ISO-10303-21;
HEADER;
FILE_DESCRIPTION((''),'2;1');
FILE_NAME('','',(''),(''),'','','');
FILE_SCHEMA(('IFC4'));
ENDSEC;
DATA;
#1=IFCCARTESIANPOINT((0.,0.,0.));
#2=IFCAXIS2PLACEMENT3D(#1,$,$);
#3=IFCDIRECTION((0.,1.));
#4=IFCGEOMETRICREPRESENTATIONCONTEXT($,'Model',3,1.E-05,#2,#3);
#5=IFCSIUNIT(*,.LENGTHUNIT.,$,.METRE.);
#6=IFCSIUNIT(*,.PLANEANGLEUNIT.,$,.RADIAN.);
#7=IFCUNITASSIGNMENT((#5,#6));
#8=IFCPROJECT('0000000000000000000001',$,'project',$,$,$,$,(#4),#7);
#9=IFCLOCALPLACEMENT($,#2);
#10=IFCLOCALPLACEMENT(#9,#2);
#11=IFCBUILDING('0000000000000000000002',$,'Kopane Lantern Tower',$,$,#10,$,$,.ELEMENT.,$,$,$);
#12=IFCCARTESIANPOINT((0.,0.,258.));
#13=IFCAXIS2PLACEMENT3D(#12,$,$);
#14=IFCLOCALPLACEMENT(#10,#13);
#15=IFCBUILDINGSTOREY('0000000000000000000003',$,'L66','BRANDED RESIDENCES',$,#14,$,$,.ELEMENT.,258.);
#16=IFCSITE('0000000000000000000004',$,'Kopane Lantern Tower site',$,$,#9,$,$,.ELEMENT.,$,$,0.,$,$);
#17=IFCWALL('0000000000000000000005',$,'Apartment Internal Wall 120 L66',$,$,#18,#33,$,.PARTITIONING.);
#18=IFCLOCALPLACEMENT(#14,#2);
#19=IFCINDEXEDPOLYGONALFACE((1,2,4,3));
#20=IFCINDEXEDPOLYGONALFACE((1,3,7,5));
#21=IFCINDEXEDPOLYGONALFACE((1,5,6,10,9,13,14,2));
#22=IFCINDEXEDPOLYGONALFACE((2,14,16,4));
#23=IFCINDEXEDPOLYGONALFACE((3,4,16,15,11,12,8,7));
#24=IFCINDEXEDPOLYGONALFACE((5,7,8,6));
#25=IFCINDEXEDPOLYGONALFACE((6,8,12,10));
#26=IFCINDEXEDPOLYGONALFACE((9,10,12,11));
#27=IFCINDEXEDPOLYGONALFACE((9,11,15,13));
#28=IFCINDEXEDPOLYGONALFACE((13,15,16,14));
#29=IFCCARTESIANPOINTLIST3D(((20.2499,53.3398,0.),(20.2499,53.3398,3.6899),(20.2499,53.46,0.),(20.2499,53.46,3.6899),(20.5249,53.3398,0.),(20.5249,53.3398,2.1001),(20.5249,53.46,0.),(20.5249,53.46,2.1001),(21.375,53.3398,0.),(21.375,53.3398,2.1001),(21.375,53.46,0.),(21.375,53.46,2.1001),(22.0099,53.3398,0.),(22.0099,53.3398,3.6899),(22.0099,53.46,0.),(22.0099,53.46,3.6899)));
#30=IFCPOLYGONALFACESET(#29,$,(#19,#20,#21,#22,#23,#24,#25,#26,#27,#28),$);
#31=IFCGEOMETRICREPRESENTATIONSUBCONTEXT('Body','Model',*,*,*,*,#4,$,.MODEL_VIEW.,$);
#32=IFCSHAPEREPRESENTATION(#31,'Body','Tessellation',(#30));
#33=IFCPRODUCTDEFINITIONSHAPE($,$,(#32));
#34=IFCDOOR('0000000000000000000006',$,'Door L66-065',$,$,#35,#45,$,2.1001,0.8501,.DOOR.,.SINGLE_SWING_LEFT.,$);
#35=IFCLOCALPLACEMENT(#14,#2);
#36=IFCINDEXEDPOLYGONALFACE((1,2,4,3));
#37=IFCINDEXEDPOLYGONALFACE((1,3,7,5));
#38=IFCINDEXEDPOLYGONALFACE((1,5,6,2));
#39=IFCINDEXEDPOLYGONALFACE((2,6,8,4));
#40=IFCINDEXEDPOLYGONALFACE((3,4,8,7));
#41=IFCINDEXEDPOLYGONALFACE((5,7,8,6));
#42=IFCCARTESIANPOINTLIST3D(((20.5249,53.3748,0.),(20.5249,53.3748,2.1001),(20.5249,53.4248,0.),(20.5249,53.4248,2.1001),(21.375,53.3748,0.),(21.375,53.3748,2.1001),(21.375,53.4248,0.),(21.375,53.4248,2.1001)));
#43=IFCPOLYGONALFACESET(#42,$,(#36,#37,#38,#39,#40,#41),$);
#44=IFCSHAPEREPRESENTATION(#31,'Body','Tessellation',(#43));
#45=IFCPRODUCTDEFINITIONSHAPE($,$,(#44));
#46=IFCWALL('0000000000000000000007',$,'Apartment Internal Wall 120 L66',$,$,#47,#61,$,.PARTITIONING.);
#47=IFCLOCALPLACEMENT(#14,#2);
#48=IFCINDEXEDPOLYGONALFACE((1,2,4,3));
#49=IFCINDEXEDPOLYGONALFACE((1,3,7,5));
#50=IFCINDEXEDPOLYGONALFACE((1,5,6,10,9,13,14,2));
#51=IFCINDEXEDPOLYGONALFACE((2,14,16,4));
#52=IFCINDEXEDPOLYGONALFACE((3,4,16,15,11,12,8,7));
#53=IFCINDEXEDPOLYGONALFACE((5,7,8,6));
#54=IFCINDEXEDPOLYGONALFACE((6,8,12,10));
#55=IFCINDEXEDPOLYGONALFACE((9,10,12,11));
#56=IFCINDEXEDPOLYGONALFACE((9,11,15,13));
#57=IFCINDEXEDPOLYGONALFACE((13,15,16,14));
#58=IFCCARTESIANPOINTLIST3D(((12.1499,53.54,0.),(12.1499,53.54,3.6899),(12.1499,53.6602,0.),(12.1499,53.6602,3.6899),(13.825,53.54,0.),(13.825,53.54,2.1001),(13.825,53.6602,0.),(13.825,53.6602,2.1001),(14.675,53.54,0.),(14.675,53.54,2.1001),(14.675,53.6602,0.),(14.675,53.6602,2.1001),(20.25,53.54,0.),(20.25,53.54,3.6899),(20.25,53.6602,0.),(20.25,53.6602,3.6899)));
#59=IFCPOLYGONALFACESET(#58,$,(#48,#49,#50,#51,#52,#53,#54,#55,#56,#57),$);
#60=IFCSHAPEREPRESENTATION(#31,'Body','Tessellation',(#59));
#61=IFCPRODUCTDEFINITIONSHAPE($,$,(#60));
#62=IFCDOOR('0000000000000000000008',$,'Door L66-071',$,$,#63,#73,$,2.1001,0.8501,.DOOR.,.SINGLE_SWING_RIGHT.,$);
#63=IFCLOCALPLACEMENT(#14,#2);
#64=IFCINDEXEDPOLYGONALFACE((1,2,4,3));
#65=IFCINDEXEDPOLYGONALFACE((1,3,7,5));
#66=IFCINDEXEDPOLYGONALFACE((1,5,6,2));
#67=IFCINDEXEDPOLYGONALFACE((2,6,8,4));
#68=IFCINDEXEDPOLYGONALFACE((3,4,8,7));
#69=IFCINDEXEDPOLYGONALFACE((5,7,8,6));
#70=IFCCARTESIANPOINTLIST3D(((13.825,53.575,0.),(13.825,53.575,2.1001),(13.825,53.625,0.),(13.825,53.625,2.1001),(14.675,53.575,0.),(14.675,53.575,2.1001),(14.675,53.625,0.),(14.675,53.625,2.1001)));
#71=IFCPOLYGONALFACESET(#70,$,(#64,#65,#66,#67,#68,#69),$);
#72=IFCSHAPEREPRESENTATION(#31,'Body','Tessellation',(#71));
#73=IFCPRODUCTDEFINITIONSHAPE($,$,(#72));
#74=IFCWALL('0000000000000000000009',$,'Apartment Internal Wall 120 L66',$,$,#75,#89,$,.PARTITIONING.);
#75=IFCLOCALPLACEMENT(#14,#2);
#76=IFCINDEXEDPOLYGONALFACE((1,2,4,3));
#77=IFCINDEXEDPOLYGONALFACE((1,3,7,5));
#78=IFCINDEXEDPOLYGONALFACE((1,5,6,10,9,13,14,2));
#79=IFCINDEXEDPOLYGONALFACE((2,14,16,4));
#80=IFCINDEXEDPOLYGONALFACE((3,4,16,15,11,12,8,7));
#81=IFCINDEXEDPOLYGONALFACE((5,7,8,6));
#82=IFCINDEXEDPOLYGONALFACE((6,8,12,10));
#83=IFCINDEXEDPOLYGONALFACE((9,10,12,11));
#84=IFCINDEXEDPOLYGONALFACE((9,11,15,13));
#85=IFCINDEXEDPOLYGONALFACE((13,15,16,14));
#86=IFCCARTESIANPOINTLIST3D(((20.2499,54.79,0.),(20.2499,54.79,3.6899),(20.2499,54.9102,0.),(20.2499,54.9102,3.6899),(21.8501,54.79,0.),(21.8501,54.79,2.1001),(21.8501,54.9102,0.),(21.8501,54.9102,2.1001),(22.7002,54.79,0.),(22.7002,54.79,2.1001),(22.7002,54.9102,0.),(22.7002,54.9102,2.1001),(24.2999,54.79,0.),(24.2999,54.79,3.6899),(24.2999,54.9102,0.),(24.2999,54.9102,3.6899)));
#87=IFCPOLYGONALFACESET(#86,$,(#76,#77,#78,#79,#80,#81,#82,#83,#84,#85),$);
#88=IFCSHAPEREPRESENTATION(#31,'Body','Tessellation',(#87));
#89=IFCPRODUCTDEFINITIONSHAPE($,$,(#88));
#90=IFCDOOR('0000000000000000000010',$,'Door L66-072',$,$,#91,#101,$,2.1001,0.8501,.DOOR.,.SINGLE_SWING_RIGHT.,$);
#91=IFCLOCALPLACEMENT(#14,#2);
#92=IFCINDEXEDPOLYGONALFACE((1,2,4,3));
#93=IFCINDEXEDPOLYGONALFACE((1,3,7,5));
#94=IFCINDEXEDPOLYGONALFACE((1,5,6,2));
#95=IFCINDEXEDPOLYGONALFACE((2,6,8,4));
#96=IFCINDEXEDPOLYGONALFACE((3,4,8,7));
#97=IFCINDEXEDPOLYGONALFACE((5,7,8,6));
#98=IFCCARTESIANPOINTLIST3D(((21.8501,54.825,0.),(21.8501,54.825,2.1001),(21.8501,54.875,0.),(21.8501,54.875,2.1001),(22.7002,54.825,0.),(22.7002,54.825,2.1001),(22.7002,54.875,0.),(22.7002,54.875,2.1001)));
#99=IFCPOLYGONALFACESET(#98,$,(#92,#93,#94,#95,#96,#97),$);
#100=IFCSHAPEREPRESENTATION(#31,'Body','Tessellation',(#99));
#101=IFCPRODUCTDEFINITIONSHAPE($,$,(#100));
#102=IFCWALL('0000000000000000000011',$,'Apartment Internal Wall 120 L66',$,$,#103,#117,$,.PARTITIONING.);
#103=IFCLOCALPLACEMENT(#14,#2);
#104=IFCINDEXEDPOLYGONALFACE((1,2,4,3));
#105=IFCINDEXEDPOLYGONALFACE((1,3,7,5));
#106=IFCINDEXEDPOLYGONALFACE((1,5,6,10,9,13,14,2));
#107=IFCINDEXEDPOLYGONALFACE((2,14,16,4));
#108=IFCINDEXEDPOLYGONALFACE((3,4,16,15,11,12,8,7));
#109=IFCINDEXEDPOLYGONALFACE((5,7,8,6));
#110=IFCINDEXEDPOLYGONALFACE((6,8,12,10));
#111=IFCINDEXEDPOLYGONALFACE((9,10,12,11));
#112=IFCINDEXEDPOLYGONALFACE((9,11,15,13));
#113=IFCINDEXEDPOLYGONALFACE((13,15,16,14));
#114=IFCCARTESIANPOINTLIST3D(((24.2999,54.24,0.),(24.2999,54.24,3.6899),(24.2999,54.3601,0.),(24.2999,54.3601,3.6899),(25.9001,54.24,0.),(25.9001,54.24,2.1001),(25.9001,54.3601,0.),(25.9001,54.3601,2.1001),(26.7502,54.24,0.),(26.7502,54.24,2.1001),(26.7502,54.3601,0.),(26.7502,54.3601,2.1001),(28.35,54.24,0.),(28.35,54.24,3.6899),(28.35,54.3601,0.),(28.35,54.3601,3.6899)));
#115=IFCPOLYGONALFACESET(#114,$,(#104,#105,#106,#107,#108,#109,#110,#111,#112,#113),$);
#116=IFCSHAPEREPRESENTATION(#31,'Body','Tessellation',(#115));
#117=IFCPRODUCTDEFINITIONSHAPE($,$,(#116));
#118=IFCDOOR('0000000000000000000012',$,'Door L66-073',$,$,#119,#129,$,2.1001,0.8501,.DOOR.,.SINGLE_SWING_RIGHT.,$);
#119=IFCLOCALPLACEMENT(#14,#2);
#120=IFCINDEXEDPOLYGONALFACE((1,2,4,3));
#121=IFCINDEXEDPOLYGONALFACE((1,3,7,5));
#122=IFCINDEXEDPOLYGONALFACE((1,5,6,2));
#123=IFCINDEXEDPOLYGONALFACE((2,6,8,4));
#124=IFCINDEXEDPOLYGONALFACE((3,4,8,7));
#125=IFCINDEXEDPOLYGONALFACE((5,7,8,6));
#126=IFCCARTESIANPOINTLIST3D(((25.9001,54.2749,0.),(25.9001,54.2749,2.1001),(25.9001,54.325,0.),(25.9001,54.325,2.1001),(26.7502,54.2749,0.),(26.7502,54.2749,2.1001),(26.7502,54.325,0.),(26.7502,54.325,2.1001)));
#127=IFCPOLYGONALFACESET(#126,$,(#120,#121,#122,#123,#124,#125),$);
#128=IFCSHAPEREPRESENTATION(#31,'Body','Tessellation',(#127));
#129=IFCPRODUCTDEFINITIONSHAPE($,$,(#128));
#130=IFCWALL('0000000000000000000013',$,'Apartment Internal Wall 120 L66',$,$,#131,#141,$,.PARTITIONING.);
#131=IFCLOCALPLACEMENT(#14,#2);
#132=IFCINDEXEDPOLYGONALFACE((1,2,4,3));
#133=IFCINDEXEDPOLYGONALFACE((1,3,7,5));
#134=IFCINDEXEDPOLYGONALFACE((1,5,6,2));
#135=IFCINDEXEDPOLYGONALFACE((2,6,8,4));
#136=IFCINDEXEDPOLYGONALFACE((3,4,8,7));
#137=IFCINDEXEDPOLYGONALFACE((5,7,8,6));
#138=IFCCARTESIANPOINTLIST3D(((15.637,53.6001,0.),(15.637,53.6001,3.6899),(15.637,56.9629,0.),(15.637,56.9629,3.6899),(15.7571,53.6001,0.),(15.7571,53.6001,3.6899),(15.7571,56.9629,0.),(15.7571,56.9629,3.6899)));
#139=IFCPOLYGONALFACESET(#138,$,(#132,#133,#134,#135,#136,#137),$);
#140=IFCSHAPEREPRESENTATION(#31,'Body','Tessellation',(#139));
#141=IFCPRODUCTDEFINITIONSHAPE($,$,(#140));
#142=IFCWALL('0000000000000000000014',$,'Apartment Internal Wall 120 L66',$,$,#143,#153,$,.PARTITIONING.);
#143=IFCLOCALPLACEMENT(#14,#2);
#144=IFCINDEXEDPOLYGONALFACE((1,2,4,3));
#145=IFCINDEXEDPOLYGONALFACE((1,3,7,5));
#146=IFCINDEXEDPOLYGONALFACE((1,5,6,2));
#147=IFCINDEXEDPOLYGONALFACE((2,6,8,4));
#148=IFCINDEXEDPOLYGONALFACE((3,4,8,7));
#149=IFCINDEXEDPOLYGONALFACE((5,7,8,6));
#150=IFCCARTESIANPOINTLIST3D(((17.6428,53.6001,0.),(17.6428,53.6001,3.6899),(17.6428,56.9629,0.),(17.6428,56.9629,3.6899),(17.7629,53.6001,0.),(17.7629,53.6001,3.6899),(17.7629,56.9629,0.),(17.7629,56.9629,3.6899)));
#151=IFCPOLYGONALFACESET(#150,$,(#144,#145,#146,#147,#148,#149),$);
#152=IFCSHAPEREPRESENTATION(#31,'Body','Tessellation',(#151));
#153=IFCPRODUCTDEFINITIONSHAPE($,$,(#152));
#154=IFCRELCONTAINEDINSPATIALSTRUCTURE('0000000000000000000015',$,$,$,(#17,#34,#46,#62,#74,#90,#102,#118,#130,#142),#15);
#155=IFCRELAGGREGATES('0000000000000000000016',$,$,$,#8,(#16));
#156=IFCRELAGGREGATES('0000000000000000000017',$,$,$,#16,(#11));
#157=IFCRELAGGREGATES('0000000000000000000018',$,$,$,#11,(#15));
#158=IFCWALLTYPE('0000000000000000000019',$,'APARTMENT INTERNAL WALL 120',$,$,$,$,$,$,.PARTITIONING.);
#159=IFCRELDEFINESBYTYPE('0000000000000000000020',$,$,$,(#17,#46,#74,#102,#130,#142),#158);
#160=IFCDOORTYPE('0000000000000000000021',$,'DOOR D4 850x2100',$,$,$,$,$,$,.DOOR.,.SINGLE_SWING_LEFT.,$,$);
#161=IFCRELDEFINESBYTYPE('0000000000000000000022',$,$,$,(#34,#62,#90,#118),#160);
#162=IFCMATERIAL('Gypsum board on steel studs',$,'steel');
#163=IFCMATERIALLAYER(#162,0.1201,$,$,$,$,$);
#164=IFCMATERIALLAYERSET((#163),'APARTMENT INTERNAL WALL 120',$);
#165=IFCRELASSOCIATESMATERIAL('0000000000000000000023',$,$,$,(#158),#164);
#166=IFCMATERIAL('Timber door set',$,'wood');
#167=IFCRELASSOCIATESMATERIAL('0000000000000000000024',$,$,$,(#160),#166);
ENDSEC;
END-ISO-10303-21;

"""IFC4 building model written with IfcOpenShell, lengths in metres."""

from ifc_helpers import new_model, si_unit, direction, frame, frame_2d, origin, place, context, subcontext, project, spatial, rectangle, extrude, material, layer, layer_set, type_object, element, fill, save


model = new_model("IFC4")

# Units and contexts
model_context = context("Model", 3, precision=1e-05, world=origin(), true_north=direction((0.0, 1.0)))
body_context = subcontext(model_context, "Body", "Model", "MODEL_VIEW")
ifc_project = project(units=[si_unit("LENGTHUNIT", "METRE"), si_unit("PLANEANGLEUNIT", "RADIAN")], contexts=[model_context])

# Site, building, storey
site_placement = place(None, origin())
site = spatial("IfcSite", under=ifc_project, at=site_placement, Name="Kopane Lantern Tower site", CompositionType="ELEMENT", RefElevation=0.0)
building_placement = place(site_placement, origin())
building = spatial("IfcBuilding", under=site, at=building_placement, Name="Kopane Lantern Tower", CompositionType="ELEMENT")
storey_placement = place(building_placement, frame((0.0, 0.0, 258.0)))
storey = spatial("IfcBuildingStorey", under=building, at=storey_placement, Name="L66", Description="BRANDED RESIDENCES", CompositionType="ELEMENT", Elevation=258.0)

# Shared definitions
ifc_material_1 = material(Name="Gypsum board on steel studs", Category="steel")
ifc_layer_1 = layer(ifc_material_1, 0.1201)
ifc_layer_set_1 = layer_set([ifc_layer_1], Name="APARTMENT INTERNAL WALL 120")
wall_type_1 = type_object("IfcWallType", Name="APARTMENT INTERNAL WALL 120", PredefinedType="PARTITIONING", material=ifc_layer_set_1)

# Walls, openings, doors
wall_1_placement = place(storey_placement, frame((20.25, 53.3999, 0.0), z_axis=(0.0, 0.0, 1.0), x_axis=(1.0, 0.0, 0.0)))
wall_1 = element("IfcWall", 1, at=wall_1_placement, inside=storey, type_object=wall_type_1, Name="Apartment Internal Wall 120 L66", PredefinedType="PARTITIONING", context=body_context, shape_type="SweptSolid", body=[
    extrude(rectangle(XDim=1.76, YDim=0.1201, at=frame_2d((0.8799, 0.0))), origin(), (0.0, 0.0, 1.0), 3.6899),
])
opening_1_placement = place(wall_1_placement, frame((0.2749, 0.0, 0.0)))
opening_1 = element("IfcOpeningElement", 2, at=opening_1_placement, cuts=wall_1, PredefinedType="OPENING", context=body_context, shape_type="SweptSolid", body=[
    extrude(rectangle(XDim=0.8501, YDim=2.1001, at=frame_2d((0.425, 1.05))), frame((0.0, 0.0701, 0.0), z_axis=(0.0, -1.0, 0.0), x_axis=(1.0, 0.0, 0.0)), (0.0, 0.0, 1.0), 0.1401),
])
ifc_material_2 = material(Name="Timber door set", Category="wood")
door_type_1 = type_object("IfcDoorType", Name="DOOR D4 850x2100", OperationType="SINGLE_SWING_LEFT", PredefinedType="DOOR", material=ifc_material_2)
door_1_placement = place(opening_1_placement, origin())
door_1 = element("IfcDoor", 3, at=door_1_placement, inside=storey, type_object=door_type_1, Name="Door L66-065", OperationType="SINGLE_SWING_LEFT", OverallHeight=2.1001, OverallWidth=0.8501, PredefinedType="DOOR", context=body_context, shape_type="SweptSolid", body=[
    extrude(rectangle(XDim=0.8501, YDim=2.1001, at=frame_2d((0.425, 1.05))), frame((0.0, 0.0249, 0.0), z_axis=(0.0, -1.0, 0.0), x_axis=(1.0, 0.0, 0.0)), (0.0, 0.0, 1.0), 0.05),
])
fill(opening_1, door_1)
wall_2_placement = place(storey_placement, frame((12.1499, 53.6001, 0.0), z_axis=(0.0, 0.0, 1.0), x_axis=(1.0, 0.0, 0.0)))
wall_2 = element("IfcWall", 4, at=wall_2_placement, inside=storey, type_object=wall_type_1, Name="Apartment Internal Wall 120 L66", PredefinedType="PARTITIONING", context=body_context, shape_type="SweptSolid", body=[
    extrude(rectangle(XDim=8.1001, YDim=0.1201, at=frame_2d((4.05, 0.0))), origin(), (0.0, 0.0, 1.0), 3.6899),
])
opening_2_placement = place(wall_2_placement, frame((1.675, 0.0, 0.0)))
opening_2 = element("IfcOpeningElement", 5, at=opening_2_placement, cuts=wall_2, PredefinedType="OPENING", context=body_context, shape_type="SweptSolid", body=[
    extrude(rectangle(XDim=0.8501, YDim=2.1001, at=frame_2d((0.425, 1.05))), frame((0.0, 0.0701, 0.0), z_axis=(0.0, -1.0, 0.0), x_axis=(1.0, 0.0, 0.0)), (0.0, 0.0, 1.0), 0.1401),
])
door_2_placement = place(opening_2_placement, origin())
door_2 = element("IfcDoor", 6, at=door_2_placement, inside=storey, type_object=door_type_1, Name="Door L66-071", OperationType="SINGLE_SWING_RIGHT", OverallHeight=2.1001, OverallWidth=0.8501, PredefinedType="DOOR", context=body_context, shape_type="SweptSolid", body=[
    extrude(rectangle(XDim=0.8501, YDim=2.1001, at=frame_2d((0.425, 1.05))), frame((0.0, 0.0249, 0.0), z_axis=(0.0, -1.0, 0.0), x_axis=(1.0, 0.0, 0.0)), (0.0, 0.0, 1.0), 0.05),
])
fill(opening_2, door_2)
wall_3_placement = place(storey_placement, frame((20.25, 54.8501, 0.0), z_axis=(0.0, 0.0, 1.0), x_axis=(1.0, 0.0, 0.0)))
wall_3 = element("IfcWall", 7, at=wall_3_placement, inside=storey, type_object=wall_type_1, Name="Apartment Internal Wall 120 L66", PredefinedType="PARTITIONING", context=body_context, shape_type="SweptSolid", body=[
    extrude(rectangle(XDim=4.05, YDim=0.1201, at=frame_2d((2.0249, 0.0))), origin(), (0.0, 0.0, 1.0), 3.6899),
])
opening_3_placement = place(wall_3_placement, frame((1.6001, 0.0, 0.0)))
opening_3 = element("IfcOpeningElement", 8, at=opening_3_placement, cuts=wall_3, PredefinedType="OPENING", context=body_context, shape_type="SweptSolid", body=[
    extrude(rectangle(XDim=0.8501, YDim=2.1001, at=frame_2d((0.425, 1.05))), frame((0.0, 0.0701, 0.0), z_axis=(0.0, -1.0, 0.0), x_axis=(1.0, 0.0, 0.0)), (0.0, 0.0, 1.0), 0.1401),
])
door_3_placement = place(opening_3_placement, origin())
door_3 = element("IfcDoor", 9, at=door_3_placement, inside=storey, type_object=door_type_1, Name="Door L66-072", OperationType="SINGLE_SWING_RIGHT", OverallHeight=2.1001, OverallWidth=0.8501, PredefinedType="DOOR", context=body_context, shape_type="SweptSolid", body=[
    extrude(rectangle(XDim=0.8501, YDim=2.1001, at=frame_2d((0.425, 1.05))), frame((0.0, 0.0249, 0.0), z_axis=(0.0, -1.0, 0.0), x_axis=(1.0, 0.0, 0.0)), (0.0, 0.0, 1.0), 0.05),
])
fill(opening_3, door_3)
wall_4_placement = place(storey_placement, frame((24.3, 54.3, 0.0), z_axis=(0.0, 0.0, 1.0), x_axis=(1.0, 0.0, 0.0)))
wall_4 = element("IfcWall", 10, at=wall_4_placement, inside=storey, type_object=wall_type_1, Name="Apartment Internal Wall 120 L66", PredefinedType="PARTITIONING", context=body_context, shape_type="SweptSolid", body=[
    extrude(rectangle(XDim=4.05, YDim=0.1201, at=frame_2d((2.0249, 0.0))), origin(), (0.0, 0.0, 1.0), 3.6899),
])
opening_4_placement = place(wall_4_placement, frame((1.6001, 0.0, 0.0)))
opening_4 = element("IfcOpeningElement", 11, at=opening_4_placement, cuts=wall_4, PredefinedType="OPENING", context=body_context, shape_type="SweptSolid", body=[
    extrude(rectangle(XDim=0.8501, YDim=2.1001, at=frame_2d((0.425, 1.05))), frame((0.0, 0.0701, 0.0), z_axis=(0.0, -1.0, 0.0), x_axis=(1.0, 0.0, 0.0)), (0.0, 0.0, 1.0), 0.1401),
])
door_4_placement = place(opening_4_placement, origin())
door_4 = element("IfcDoor", 12, at=door_4_placement, inside=storey, type_object=door_type_1, Name="Door L66-073", OperationType="SINGLE_SWING_RIGHT", OverallHeight=2.1001, OverallWidth=0.8501, PredefinedType="DOOR", context=body_context, shape_type="SweptSolid", body=[
    extrude(rectangle(XDim=0.8501, YDim=2.1001, at=frame_2d((0.425, 1.05))), frame((0.0, 0.0249, 0.0), z_axis=(0.0, -1.0, 0.0), x_axis=(1.0, 0.0, 0.0)), (0.0, 0.0, 1.0), 0.05),
])
fill(opening_4, door_4)

# Walls
for number, where, z_axis, x_axis, name in (
    (13, (15.697, 53.6001, 0.0), (0.0, 0.0, 1.0), (0.0, 1.0, 0.0), "Apartment Internal Wall 120 L66"),
    (14, (17.7029, 53.6001, 0.0), (0.0, 0.0, 1.0), (0.0, 1.0, 0.0), "Apartment Internal Wall 120 L66"),
):
    element("IfcWall", number, at=place(storey_placement, frame(where, z_axis=z_axis, x_axis=x_axis)), inside=storey, type_object=wall_type_1, Name=name, PredefinedType="PARTITIONING", context=body_context, shape_type="SweptSolid", body=[
        extrude(rectangle(XDim=3.3628, YDim=0.1201, at=frame_2d((1.6814, 0.0))), origin(), (0.0, 0.0, 1.0), 3.6899),
    ])

save(model, "model.ifc")
